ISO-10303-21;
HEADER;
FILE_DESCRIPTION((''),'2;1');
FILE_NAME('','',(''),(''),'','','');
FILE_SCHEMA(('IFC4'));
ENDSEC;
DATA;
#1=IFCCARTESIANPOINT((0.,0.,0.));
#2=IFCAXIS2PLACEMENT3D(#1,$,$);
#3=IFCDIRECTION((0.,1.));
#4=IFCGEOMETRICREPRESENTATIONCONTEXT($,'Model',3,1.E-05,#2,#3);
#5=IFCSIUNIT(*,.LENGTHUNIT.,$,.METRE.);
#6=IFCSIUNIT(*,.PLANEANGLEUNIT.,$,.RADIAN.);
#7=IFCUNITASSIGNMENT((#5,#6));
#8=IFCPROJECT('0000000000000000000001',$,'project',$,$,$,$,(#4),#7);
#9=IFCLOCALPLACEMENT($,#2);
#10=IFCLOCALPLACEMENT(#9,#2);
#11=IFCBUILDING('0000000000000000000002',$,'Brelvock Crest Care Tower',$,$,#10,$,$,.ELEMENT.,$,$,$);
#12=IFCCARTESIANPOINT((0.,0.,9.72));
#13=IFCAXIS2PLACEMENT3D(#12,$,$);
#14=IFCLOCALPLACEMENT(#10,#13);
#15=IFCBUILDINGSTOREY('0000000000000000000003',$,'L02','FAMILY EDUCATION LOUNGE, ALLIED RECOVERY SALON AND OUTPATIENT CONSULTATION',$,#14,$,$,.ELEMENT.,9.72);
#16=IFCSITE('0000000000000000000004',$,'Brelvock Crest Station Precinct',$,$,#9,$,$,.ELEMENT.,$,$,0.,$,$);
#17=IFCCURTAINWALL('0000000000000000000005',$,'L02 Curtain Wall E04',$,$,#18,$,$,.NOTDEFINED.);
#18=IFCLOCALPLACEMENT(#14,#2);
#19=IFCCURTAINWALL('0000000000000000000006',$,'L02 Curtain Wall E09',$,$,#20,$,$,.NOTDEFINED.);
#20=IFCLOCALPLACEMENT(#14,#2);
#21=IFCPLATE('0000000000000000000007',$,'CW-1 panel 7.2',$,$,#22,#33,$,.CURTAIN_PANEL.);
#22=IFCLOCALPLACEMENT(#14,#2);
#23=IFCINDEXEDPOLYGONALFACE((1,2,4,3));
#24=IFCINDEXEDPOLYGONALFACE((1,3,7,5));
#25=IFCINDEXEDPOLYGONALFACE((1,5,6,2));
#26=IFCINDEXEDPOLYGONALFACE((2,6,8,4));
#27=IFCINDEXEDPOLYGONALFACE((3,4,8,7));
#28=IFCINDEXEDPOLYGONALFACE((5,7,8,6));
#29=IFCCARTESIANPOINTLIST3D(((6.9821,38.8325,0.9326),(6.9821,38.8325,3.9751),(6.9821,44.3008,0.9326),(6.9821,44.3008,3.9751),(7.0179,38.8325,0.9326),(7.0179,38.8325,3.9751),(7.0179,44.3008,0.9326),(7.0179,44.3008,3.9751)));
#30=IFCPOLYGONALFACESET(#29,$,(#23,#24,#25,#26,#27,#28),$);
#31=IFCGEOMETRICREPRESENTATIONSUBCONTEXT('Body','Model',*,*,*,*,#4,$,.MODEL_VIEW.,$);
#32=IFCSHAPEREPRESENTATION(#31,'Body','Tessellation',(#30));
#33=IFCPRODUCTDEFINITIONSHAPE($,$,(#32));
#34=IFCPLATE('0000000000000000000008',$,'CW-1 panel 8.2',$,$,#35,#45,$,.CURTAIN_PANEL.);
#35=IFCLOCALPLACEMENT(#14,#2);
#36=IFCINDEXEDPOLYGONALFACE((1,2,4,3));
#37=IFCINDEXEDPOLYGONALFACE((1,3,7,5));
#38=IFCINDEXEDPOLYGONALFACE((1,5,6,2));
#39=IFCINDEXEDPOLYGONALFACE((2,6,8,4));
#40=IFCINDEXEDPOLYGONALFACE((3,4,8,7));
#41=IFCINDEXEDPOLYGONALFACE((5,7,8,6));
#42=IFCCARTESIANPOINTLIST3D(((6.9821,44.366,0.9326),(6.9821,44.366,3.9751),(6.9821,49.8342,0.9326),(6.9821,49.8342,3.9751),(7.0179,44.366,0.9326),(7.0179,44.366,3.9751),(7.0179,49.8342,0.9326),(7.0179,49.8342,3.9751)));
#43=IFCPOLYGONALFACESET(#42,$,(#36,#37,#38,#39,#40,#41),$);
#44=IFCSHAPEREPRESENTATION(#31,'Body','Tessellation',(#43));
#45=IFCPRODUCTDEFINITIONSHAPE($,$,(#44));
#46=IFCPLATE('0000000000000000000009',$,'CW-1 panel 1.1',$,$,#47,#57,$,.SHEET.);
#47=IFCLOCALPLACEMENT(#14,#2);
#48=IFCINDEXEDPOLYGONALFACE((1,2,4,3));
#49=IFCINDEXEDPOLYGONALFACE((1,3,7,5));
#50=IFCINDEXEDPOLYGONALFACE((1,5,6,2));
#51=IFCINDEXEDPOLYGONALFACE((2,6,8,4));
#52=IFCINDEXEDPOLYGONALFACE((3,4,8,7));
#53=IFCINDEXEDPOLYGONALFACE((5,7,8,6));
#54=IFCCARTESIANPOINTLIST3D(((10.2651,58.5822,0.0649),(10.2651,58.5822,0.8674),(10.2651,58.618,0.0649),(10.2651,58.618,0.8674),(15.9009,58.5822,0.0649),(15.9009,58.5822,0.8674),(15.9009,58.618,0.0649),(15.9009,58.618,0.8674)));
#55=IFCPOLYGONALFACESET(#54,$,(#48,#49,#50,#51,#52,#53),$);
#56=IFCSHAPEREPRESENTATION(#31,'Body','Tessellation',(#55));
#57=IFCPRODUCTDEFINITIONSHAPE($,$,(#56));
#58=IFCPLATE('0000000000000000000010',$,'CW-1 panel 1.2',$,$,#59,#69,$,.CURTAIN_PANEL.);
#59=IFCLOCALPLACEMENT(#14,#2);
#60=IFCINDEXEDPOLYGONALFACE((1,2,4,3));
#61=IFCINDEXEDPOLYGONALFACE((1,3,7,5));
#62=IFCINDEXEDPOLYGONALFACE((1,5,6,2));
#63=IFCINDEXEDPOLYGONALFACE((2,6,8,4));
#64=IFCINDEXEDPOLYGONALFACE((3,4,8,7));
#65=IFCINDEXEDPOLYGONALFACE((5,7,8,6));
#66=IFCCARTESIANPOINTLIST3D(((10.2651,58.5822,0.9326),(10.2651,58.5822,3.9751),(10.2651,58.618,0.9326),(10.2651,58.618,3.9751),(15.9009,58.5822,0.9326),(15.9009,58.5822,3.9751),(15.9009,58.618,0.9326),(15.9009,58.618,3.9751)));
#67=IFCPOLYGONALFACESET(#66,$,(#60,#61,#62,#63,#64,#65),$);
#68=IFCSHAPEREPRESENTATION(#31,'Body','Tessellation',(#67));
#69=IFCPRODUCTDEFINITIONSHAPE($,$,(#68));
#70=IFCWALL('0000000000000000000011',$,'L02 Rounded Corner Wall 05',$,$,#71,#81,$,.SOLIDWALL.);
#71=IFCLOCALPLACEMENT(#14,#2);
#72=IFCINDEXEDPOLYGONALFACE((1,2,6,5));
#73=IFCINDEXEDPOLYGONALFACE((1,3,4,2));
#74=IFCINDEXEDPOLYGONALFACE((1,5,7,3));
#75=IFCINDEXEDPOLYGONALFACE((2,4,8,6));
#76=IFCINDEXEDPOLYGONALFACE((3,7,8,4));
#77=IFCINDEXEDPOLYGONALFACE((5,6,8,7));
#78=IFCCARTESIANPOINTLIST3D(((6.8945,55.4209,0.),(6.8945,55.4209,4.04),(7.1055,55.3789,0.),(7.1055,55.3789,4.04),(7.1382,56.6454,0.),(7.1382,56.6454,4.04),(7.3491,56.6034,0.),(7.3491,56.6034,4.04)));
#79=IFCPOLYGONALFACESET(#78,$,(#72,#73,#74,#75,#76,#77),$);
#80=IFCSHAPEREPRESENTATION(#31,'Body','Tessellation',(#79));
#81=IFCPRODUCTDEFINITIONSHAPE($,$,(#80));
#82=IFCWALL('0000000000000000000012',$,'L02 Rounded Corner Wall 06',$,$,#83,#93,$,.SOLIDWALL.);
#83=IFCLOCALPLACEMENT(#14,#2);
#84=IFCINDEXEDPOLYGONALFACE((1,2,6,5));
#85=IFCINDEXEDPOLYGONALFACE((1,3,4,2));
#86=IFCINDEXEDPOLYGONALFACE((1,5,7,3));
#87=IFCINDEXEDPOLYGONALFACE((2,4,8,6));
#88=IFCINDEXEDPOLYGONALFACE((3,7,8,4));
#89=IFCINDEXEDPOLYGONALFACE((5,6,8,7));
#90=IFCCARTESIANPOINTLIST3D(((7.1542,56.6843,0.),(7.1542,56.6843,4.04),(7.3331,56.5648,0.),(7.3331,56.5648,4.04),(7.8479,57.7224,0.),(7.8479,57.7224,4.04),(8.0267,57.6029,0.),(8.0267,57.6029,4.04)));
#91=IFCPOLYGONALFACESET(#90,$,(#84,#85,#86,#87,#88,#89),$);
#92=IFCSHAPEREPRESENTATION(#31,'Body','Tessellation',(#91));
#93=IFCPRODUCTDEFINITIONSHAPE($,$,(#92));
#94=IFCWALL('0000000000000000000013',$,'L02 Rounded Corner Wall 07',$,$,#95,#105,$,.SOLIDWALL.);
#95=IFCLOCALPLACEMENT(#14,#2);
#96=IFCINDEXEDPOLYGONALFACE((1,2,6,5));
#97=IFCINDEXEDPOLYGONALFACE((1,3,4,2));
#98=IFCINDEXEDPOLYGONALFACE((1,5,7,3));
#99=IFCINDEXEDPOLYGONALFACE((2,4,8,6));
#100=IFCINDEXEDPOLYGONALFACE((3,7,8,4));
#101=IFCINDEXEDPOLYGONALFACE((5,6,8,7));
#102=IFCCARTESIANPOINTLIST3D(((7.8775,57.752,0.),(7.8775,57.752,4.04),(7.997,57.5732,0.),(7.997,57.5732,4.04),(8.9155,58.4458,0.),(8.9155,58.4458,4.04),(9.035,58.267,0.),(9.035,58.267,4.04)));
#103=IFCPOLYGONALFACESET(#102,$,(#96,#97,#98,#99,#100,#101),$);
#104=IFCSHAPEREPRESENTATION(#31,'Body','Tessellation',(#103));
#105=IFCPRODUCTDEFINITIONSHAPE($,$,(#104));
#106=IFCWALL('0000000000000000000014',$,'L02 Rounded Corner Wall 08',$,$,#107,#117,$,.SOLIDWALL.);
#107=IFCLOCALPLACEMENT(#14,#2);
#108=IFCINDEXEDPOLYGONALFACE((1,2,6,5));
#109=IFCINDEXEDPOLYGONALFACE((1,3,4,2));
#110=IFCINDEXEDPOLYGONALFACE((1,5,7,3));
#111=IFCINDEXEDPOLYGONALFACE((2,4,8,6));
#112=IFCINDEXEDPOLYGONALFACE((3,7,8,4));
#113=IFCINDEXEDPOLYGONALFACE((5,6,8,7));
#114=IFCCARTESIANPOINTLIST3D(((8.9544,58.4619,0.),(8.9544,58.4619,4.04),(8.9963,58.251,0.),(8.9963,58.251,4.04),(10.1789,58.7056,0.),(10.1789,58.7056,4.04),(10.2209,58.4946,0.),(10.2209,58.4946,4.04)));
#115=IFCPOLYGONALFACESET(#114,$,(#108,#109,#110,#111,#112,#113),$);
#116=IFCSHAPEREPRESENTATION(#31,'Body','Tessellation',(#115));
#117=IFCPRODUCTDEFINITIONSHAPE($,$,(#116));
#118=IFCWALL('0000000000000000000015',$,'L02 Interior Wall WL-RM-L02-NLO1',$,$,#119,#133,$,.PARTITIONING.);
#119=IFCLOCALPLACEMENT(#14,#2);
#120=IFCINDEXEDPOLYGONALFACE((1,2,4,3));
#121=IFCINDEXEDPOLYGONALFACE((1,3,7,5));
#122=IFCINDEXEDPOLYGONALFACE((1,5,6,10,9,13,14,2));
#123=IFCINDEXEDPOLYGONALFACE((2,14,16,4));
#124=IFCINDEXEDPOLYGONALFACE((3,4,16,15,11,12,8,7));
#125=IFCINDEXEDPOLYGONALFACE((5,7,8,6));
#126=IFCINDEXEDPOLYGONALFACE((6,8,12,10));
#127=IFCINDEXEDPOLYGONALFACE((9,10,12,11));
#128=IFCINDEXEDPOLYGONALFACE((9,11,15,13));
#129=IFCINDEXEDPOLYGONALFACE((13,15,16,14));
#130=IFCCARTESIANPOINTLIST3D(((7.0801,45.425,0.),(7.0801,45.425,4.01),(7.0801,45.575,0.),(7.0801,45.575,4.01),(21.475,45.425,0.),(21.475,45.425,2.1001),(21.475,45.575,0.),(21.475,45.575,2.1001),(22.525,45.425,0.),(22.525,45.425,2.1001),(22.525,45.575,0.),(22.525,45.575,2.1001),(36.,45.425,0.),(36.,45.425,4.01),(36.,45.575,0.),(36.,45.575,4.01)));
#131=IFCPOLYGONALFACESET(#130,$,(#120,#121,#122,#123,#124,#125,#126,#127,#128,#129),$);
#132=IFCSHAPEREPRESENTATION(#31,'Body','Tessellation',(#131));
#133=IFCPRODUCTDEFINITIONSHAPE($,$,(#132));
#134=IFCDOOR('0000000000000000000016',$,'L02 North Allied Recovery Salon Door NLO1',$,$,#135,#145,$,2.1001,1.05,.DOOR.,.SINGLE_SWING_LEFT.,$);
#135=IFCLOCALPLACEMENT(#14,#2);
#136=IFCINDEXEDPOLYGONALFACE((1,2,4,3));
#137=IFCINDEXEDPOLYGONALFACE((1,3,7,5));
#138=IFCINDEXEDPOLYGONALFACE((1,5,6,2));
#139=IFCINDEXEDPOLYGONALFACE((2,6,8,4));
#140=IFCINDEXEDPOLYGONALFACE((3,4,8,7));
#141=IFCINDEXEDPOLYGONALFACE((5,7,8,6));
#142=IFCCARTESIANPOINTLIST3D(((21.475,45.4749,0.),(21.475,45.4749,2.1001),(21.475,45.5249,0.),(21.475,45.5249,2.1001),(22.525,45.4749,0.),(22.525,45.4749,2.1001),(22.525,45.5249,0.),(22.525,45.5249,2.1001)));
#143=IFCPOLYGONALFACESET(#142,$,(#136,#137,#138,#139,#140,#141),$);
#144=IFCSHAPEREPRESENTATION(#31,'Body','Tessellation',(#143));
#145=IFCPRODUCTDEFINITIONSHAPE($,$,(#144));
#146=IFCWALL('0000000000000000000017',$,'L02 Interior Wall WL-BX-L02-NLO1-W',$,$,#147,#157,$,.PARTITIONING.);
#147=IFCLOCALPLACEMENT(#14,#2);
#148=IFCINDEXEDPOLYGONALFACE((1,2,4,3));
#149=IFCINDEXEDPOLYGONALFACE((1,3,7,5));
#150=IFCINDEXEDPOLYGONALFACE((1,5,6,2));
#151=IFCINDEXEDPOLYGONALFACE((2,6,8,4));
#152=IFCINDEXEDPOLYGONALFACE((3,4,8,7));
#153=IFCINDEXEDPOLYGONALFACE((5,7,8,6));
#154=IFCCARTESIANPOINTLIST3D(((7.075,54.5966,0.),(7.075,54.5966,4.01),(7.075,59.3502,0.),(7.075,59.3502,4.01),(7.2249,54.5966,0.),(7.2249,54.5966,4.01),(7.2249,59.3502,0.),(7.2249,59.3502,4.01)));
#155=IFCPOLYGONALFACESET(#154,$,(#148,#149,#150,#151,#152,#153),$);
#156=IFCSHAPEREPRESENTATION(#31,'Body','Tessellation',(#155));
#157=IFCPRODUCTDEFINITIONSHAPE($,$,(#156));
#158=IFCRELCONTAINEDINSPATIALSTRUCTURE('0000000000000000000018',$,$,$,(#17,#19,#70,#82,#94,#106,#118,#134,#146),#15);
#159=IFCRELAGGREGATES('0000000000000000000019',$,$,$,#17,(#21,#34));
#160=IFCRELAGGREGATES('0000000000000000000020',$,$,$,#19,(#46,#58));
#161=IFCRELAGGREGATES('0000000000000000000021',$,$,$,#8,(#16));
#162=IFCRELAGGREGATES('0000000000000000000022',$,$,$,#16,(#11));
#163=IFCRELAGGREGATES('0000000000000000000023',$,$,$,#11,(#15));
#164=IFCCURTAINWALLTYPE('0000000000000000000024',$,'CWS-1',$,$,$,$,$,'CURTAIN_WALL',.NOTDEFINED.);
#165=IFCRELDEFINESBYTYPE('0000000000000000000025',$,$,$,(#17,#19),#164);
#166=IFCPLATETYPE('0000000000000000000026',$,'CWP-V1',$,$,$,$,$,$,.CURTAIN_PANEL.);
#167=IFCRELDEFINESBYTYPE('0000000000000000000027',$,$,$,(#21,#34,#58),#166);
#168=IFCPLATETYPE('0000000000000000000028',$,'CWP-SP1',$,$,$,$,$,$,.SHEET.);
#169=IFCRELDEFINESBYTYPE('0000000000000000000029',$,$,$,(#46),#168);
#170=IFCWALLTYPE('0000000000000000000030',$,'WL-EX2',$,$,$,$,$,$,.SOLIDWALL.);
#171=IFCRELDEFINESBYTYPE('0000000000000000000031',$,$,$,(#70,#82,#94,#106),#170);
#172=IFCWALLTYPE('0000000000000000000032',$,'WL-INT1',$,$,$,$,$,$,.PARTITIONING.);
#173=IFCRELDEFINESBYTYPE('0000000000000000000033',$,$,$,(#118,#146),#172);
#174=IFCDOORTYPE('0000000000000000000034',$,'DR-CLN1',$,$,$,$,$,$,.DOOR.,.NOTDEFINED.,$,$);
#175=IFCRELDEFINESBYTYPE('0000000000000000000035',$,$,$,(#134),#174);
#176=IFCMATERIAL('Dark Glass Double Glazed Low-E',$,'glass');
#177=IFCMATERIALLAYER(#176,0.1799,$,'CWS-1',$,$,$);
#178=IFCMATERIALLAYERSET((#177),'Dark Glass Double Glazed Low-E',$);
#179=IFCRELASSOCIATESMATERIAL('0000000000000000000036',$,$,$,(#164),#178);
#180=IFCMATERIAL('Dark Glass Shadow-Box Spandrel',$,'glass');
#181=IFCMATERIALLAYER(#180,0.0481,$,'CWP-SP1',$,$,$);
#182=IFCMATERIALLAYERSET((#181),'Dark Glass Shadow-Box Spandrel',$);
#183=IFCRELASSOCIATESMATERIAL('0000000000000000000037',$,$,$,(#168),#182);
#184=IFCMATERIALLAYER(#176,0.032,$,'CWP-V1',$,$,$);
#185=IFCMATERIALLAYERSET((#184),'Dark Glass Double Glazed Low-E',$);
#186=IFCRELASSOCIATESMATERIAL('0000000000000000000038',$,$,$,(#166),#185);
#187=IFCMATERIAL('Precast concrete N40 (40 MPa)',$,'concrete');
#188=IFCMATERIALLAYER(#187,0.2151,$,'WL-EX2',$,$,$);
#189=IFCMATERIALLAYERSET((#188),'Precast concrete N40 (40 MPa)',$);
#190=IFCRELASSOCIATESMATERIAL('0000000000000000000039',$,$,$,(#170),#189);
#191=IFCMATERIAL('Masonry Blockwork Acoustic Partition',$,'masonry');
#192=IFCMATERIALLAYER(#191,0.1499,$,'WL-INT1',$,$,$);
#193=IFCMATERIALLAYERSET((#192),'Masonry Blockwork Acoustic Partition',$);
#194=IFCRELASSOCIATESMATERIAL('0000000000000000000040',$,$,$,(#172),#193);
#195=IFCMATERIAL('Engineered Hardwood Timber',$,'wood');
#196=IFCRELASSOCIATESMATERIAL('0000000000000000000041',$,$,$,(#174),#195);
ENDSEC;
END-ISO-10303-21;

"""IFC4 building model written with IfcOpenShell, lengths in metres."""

from ifc_helpers import new_model, si_unit, direction, frame, frame_2d, origin, origin_2d, place, context, subcontext, project, spatial, rectangle, extrude, source, transform, mapped, material, layer, layer_set, type_object, element, fill, aggregate, save


model = new_model("IFC4")

# Units and contexts
model_context = context("Model", 3, precision=1e-05, world=origin(), true_north=direction((0.0, 1.0)))
body_context = subcontext(model_context, "Body", "Model", "MODEL_VIEW")
ifc_project = project(units=[si_unit("LENGTHUNIT", "METRE"), si_unit("PLANEANGLEUNIT", "RADIAN")], contexts=[model_context])

# Site, building, storey
site_placement = place(None, origin())
site = spatial("IfcSite", under=ifc_project, at=site_placement, Name="Brelvock Crest Station Precinct", CompositionType="ELEMENT", RefElevation=0.0)
building_placement = place(site_placement, origin())
building = spatial("IfcBuilding", under=site, at=building_placement, Name="Brelvock Crest Care Tower", CompositionType="ELEMENT")
storey_placement = place(building_placement, frame((0.0, 0.0, 9.72)))
storey = spatial("IfcBuildingStorey", under=building, at=storey_placement, Name="L02", Description="FAMILY EDUCATION LOUNGE, ALLIED RECOVERY SALON AND OUTPATIENT CONSULTATION", CompositionType="ELEMENT", Elevation=9.72)

# Curtain walls
ifc_material_1 = material(Name="Dark Glass Double Glazed Low-E", Category="glass")
ifc_layer_1 = layer(ifc_material_1, 0.1799, Name="CWS-1")
ifc_layer_set_1 = layer_set([ifc_layer_1], Name="Dark Glass Double Glazed Low-E")
curtain_wall_type = type_object("IfcCurtainWallType", Name="CWS-1", ElementType="CURTAIN_WALL", PredefinedType="NOTDEFINED", material=ifc_layer_set_1)
curtain_wall_1_placement = place(storey_placement, origin())
curtain_wall_1 = element("IfcCurtainWall", 1, at=curtain_wall_1_placement, inside=storey, type_object=curtain_wall_type, Name="L02 Curtain Wall E04", PredefinedType="NOTDEFINED")
curtain_wall_2_placement = place(storey_placement, origin())
curtain_wall_2 = element("IfcCurtainWall", 2, at=curtain_wall_2_placement, inside=storey, type_object=curtain_wall_type, Name="L02 Curtain Wall E09", PredefinedType="NOTDEFINED")

# Plates
ifc_material_2 = material(Name="Dark Glass Shadow-Box Spandrel", Category="glass")
ifc_layer_2 = layer(ifc_material_2, 0.0481, Name="CWP-SP1")
ifc_layer_set_2 = layer_set([ifc_layer_2], Name="Dark Glass Shadow-Box Spandrel")
plate_type_1 = type_object("IfcPlateType", Name="CWP-SP1", PredefinedType="SHEET", material=ifc_layer_set_2)
ifc_layer_3 = layer(ifc_material_1, 0.032, Name="CWP-V1")
ifc_layer_set_3 = layer_set([ifc_layer_3], Name="Dark Glass Double Glazed Low-E")
plate_type_2 = type_object("IfcPlateType", Name="CWP-V1", PredefinedType="CURTAIN_PANEL", material=ifc_layer_set_3)
shared_shape_1 = source(origin(), body_context, "Body", "SweptSolid", [
    extrude(rectangle(XDim=5.4683, YDim=0.0359, at=origin_2d()), origin(), (0.0, 0.0, 1.0), 3.0425),
])
plate_1_placement = place(storey_placement, frame((7.0, 41.5667, 0.9326), z_axis=(0.0, 0.0, 1.0), x_axis=(0.0, 1.0, 0.0)))
plate_1 = element("IfcPlate", 3, at=plate_1_placement, type_object=plate_type_2, Name="CW-1 panel 7.2", PredefinedType="CURTAIN_PANEL", context=body_context, shape_type="MappedRepresentation", body=[
    mapped(shared_shape_1, transform((0.0, 0.0, 0.0), x_axis=(1.0, 0.0, 0.0), y_axis=(0.0, 1.0, 0.0), z_axis=(0.0, 0.0, 1.0), scale=1.0)),
])
plate_2_placement = place(storey_placement, frame((7.0, 47.1001, 0.9326), z_axis=(0.0, 0.0, 1.0), x_axis=(0.0, 1.0, 0.0)))
plate_2 = element("IfcPlate", 4, at=plate_2_placement, type_object=plate_type_2, Name="CW-1 panel 8.2", PredefinedType="CURTAIN_PANEL", context=body_context, shape_type="MappedRepresentation", body=[
    mapped(shared_shape_1, transform((0.0, 0.0, 0.0), x_axis=(1.0, 0.0, 0.0), y_axis=(0.0, 1.0, 0.0), z_axis=(0.0, 0.0, 1.0), scale=1.0)),
])
aggregate(curtain_wall_1, [plate_1, plate_2])
shared_shape_2 = source(origin(), body_context, "Body", "SweptSolid", [
    extrude(rectangle(XDim=5.6357, YDim=0.0359, at=origin_2d()), origin(), (0.0, 0.0, 1.0), 0.8025),
])
plate_3_placement = place(storey_placement, frame((13.083, 58.6001, 0.0649), z_axis=(0.0, 0.0, 1.0), x_axis=(1.0, 0.0, 0.0)))
plate_3 = element("IfcPlate", 5, at=plate_3_placement, type_object=plate_type_1, Name="CW-1 panel 1.1", PredefinedType="SHEET", context=body_context, shape_type="MappedRepresentation", body=[
    mapped(shared_shape_2, transform((0.0, 0.0, 0.0), x_axis=(1.0, 0.0, 0.0), y_axis=(0.0, 1.0, 0.0), z_axis=(0.0, 0.0, 1.0), scale=1.0)),
])
shared_shape_3 = source(origin(), body_context, "Body", "SweptSolid", [
    extrude(rectangle(XDim=5.6357, YDim=0.0359, at=origin_2d()), origin(), (0.0, 0.0, 1.0), 3.0425),
])
plate_4_placement = place(storey_placement, frame((13.083, 58.6001, 0.9326), z_axis=(0.0, 0.0, 1.0), x_axis=(1.0, 0.0, 0.0)))
plate_4 = element("IfcPlate", 6, at=plate_4_placement, type_object=plate_type_2, Name="CW-1 panel 1.2", PredefinedType="CURTAIN_PANEL", context=body_context, shape_type="MappedRepresentation", body=[
    mapped(shared_shape_3, transform((0.0, 0.0, 0.0), x_axis=(1.0, 0.0, 0.0), y_axis=(0.0, 1.0, 0.0), z_axis=(0.0, 0.0, 1.0), scale=1.0)),
])
aggregate(curtain_wall_2, [plate_3, plate_4])

# Walls
ifc_material_3 = material(Name="Precast concrete N40 (40 MPa)", Category="concrete")
ifc_layer_4 = layer(ifc_material_3, 0.2151, Name="WL-EX2")
ifc_layer_set_4 = layer_set([ifc_layer_4], Name="Precast concrete N40 (40 MPa)")
wall_type_1 = type_object("IfcWallType", Name="WL-EX2", PredefinedType="SOLIDWALL", material=ifc_layer_set_4)
for number, where, z_axis, x_axis, name in (
    (7, (7.0, 55.3999, 0.0), (0.0, 0.0, 1.0), (0.195138, 0.980776, 0.0), "L02 Rounded Corner Wall 05"),
    (8, (7.2437, 56.6245, 0.0), (0.0, 0.0, 1.0), (0.555557, 0.831478, 0.0), "L02 Rounded Corner Wall 06"),
    (9, (7.9373, 57.6626, 0.0), (0.0, 0.0, 1.0), (0.831388, 0.555692, 0.0), "L02 Rounded Corner Wall 07"),
    (10, (8.9753, 58.3564, 0.0), (0.0, 0.0, 1.0), (0.980776, 0.195138, 0.0), "L02 Rounded Corner Wall 08"),
):
    element("IfcWall", number, at=place(storey_placement, frame(where, z_axis=z_axis, x_axis=x_axis)), inside=storey, type_object=wall_type_1, Name=name, PredefinedType="SOLIDWALL", context=body_context, shape_type="SweptSolid", body=[
        extrude(rectangle(XDim=1.2485, YDim=0.2151, at=frame_2d((0.6243, 0.0))), origin(), (0.0, 0.0, 1.0), 4.04),
    ])

# Wall, opening, door
ifc_material_4 = material(Name="Masonry Blockwork Acoustic Partition", Category="masonry")
ifc_layer_5 = layer(ifc_material_4, 0.1499, Name="WL-INT1")
ifc_layer_set_5 = layer_set([ifc_layer_5], Name="Masonry Blockwork Acoustic Partition")
wall_type_2 = type_object("IfcWallType", Name="WL-INT1", PredefinedType="PARTITIONING", material=ifc_layer_set_5)
wall_1_placement = place(storey_placement, frame((7.0801, 45.5, 0.0), z_axis=(0.0, 0.0, 1.0), x_axis=(1.0, 0.0, 0.0)))
wall_1 = element("IfcWall", 11, at=wall_1_placement, inside=storey, type_object=wall_type_2, Name="L02 Interior Wall WL-RM-L02-NLO1", PredefinedType="PARTITIONING", context=body_context, shape_type="SweptSolid", body=[
    extrude(rectangle(XDim=28.9199, YDim=0.1499, at=frame_2d((14.46, 0.0))), origin(), (0.0, 0.0, 1.0), 4.01),
])
opening_placement = place(wall_1_placement, frame((14.395, 0.0, 0.0)))
opening = element("IfcOpeningElement", 12, at=opening_placement, cuts=wall_1, PredefinedType="OPENING", context=body_context, shape_type="SweptSolid", body=[
    extrude(rectangle(XDim=1.05, YDim=2.1001, at=origin_2d()), frame((0.5249, 0.085, 1.05), z_axis=(0.0, -1.0, 0.0), x_axis=(1.0, 0.0, 0.0)), (0.0, 0.0, 1.0), 0.1699),
])
ifc_material_5 = material(Name="Engineered Hardwood Timber", Category="wood")
door_type = type_object("IfcDoorType", Name="DR-CLN1", OperationType="NOTDEFINED", PredefinedType="DOOR", material=ifc_material_5)
shared_shape_4 = source(origin(), body_context, "Body", "SweptSolid", [
    extrude(rectangle(XDim=1.05, YDim=2.1001, at=origin_2d()), frame((0.5249, 0.0249, 1.05), z_axis=(0.0, -1.0, 0.0), x_axis=(1.0, 0.0, 0.0)), (0.0, 0.0, 1.0), 0.05),
])
door_placement = place(opening_placement, origin())
door = element("IfcDoor", 13, at=door_placement, inside=storey, type_object=door_type, Name="L02 North Allied Recovery Salon Door NLO1", OperationType="SINGLE_SWING_LEFT", OverallHeight=2.1001, OverallWidth=1.05, PredefinedType="DOOR", context=body_context, shape_type="MappedRepresentation", body=[
    mapped(shared_shape_4, transform((0.0, 0.0, 0.0), x_axis=(1.0, 0.0, 0.0), y_axis=(0.0, 1.0, 0.0), z_axis=(0.0, 0.0, 1.0), scale=1.0)),
])
fill(opening, door)

# Wall
wall_2_placement = place(storey_placement, frame((7.1499, 54.5964, 0.0), z_axis=(0.0, 0.0, 1.0), x_axis=(0.0, 1.0, 0.0)))
element("IfcWall", 14, at=wall_2_placement, inside=storey, type_object=wall_type_2, Name="L02 Interior Wall WL-BX-L02-NLO1-W", PredefinedType="PARTITIONING", context=body_context, shape_type="SweptSolid", body=[
    extrude(rectangle(XDim=4.7537, YDim=0.1499, at=frame_2d((2.377, 0.0))), origin(), (0.0, 0.0, 1.0), 4.01),
])

save(model, "model.ifc")
